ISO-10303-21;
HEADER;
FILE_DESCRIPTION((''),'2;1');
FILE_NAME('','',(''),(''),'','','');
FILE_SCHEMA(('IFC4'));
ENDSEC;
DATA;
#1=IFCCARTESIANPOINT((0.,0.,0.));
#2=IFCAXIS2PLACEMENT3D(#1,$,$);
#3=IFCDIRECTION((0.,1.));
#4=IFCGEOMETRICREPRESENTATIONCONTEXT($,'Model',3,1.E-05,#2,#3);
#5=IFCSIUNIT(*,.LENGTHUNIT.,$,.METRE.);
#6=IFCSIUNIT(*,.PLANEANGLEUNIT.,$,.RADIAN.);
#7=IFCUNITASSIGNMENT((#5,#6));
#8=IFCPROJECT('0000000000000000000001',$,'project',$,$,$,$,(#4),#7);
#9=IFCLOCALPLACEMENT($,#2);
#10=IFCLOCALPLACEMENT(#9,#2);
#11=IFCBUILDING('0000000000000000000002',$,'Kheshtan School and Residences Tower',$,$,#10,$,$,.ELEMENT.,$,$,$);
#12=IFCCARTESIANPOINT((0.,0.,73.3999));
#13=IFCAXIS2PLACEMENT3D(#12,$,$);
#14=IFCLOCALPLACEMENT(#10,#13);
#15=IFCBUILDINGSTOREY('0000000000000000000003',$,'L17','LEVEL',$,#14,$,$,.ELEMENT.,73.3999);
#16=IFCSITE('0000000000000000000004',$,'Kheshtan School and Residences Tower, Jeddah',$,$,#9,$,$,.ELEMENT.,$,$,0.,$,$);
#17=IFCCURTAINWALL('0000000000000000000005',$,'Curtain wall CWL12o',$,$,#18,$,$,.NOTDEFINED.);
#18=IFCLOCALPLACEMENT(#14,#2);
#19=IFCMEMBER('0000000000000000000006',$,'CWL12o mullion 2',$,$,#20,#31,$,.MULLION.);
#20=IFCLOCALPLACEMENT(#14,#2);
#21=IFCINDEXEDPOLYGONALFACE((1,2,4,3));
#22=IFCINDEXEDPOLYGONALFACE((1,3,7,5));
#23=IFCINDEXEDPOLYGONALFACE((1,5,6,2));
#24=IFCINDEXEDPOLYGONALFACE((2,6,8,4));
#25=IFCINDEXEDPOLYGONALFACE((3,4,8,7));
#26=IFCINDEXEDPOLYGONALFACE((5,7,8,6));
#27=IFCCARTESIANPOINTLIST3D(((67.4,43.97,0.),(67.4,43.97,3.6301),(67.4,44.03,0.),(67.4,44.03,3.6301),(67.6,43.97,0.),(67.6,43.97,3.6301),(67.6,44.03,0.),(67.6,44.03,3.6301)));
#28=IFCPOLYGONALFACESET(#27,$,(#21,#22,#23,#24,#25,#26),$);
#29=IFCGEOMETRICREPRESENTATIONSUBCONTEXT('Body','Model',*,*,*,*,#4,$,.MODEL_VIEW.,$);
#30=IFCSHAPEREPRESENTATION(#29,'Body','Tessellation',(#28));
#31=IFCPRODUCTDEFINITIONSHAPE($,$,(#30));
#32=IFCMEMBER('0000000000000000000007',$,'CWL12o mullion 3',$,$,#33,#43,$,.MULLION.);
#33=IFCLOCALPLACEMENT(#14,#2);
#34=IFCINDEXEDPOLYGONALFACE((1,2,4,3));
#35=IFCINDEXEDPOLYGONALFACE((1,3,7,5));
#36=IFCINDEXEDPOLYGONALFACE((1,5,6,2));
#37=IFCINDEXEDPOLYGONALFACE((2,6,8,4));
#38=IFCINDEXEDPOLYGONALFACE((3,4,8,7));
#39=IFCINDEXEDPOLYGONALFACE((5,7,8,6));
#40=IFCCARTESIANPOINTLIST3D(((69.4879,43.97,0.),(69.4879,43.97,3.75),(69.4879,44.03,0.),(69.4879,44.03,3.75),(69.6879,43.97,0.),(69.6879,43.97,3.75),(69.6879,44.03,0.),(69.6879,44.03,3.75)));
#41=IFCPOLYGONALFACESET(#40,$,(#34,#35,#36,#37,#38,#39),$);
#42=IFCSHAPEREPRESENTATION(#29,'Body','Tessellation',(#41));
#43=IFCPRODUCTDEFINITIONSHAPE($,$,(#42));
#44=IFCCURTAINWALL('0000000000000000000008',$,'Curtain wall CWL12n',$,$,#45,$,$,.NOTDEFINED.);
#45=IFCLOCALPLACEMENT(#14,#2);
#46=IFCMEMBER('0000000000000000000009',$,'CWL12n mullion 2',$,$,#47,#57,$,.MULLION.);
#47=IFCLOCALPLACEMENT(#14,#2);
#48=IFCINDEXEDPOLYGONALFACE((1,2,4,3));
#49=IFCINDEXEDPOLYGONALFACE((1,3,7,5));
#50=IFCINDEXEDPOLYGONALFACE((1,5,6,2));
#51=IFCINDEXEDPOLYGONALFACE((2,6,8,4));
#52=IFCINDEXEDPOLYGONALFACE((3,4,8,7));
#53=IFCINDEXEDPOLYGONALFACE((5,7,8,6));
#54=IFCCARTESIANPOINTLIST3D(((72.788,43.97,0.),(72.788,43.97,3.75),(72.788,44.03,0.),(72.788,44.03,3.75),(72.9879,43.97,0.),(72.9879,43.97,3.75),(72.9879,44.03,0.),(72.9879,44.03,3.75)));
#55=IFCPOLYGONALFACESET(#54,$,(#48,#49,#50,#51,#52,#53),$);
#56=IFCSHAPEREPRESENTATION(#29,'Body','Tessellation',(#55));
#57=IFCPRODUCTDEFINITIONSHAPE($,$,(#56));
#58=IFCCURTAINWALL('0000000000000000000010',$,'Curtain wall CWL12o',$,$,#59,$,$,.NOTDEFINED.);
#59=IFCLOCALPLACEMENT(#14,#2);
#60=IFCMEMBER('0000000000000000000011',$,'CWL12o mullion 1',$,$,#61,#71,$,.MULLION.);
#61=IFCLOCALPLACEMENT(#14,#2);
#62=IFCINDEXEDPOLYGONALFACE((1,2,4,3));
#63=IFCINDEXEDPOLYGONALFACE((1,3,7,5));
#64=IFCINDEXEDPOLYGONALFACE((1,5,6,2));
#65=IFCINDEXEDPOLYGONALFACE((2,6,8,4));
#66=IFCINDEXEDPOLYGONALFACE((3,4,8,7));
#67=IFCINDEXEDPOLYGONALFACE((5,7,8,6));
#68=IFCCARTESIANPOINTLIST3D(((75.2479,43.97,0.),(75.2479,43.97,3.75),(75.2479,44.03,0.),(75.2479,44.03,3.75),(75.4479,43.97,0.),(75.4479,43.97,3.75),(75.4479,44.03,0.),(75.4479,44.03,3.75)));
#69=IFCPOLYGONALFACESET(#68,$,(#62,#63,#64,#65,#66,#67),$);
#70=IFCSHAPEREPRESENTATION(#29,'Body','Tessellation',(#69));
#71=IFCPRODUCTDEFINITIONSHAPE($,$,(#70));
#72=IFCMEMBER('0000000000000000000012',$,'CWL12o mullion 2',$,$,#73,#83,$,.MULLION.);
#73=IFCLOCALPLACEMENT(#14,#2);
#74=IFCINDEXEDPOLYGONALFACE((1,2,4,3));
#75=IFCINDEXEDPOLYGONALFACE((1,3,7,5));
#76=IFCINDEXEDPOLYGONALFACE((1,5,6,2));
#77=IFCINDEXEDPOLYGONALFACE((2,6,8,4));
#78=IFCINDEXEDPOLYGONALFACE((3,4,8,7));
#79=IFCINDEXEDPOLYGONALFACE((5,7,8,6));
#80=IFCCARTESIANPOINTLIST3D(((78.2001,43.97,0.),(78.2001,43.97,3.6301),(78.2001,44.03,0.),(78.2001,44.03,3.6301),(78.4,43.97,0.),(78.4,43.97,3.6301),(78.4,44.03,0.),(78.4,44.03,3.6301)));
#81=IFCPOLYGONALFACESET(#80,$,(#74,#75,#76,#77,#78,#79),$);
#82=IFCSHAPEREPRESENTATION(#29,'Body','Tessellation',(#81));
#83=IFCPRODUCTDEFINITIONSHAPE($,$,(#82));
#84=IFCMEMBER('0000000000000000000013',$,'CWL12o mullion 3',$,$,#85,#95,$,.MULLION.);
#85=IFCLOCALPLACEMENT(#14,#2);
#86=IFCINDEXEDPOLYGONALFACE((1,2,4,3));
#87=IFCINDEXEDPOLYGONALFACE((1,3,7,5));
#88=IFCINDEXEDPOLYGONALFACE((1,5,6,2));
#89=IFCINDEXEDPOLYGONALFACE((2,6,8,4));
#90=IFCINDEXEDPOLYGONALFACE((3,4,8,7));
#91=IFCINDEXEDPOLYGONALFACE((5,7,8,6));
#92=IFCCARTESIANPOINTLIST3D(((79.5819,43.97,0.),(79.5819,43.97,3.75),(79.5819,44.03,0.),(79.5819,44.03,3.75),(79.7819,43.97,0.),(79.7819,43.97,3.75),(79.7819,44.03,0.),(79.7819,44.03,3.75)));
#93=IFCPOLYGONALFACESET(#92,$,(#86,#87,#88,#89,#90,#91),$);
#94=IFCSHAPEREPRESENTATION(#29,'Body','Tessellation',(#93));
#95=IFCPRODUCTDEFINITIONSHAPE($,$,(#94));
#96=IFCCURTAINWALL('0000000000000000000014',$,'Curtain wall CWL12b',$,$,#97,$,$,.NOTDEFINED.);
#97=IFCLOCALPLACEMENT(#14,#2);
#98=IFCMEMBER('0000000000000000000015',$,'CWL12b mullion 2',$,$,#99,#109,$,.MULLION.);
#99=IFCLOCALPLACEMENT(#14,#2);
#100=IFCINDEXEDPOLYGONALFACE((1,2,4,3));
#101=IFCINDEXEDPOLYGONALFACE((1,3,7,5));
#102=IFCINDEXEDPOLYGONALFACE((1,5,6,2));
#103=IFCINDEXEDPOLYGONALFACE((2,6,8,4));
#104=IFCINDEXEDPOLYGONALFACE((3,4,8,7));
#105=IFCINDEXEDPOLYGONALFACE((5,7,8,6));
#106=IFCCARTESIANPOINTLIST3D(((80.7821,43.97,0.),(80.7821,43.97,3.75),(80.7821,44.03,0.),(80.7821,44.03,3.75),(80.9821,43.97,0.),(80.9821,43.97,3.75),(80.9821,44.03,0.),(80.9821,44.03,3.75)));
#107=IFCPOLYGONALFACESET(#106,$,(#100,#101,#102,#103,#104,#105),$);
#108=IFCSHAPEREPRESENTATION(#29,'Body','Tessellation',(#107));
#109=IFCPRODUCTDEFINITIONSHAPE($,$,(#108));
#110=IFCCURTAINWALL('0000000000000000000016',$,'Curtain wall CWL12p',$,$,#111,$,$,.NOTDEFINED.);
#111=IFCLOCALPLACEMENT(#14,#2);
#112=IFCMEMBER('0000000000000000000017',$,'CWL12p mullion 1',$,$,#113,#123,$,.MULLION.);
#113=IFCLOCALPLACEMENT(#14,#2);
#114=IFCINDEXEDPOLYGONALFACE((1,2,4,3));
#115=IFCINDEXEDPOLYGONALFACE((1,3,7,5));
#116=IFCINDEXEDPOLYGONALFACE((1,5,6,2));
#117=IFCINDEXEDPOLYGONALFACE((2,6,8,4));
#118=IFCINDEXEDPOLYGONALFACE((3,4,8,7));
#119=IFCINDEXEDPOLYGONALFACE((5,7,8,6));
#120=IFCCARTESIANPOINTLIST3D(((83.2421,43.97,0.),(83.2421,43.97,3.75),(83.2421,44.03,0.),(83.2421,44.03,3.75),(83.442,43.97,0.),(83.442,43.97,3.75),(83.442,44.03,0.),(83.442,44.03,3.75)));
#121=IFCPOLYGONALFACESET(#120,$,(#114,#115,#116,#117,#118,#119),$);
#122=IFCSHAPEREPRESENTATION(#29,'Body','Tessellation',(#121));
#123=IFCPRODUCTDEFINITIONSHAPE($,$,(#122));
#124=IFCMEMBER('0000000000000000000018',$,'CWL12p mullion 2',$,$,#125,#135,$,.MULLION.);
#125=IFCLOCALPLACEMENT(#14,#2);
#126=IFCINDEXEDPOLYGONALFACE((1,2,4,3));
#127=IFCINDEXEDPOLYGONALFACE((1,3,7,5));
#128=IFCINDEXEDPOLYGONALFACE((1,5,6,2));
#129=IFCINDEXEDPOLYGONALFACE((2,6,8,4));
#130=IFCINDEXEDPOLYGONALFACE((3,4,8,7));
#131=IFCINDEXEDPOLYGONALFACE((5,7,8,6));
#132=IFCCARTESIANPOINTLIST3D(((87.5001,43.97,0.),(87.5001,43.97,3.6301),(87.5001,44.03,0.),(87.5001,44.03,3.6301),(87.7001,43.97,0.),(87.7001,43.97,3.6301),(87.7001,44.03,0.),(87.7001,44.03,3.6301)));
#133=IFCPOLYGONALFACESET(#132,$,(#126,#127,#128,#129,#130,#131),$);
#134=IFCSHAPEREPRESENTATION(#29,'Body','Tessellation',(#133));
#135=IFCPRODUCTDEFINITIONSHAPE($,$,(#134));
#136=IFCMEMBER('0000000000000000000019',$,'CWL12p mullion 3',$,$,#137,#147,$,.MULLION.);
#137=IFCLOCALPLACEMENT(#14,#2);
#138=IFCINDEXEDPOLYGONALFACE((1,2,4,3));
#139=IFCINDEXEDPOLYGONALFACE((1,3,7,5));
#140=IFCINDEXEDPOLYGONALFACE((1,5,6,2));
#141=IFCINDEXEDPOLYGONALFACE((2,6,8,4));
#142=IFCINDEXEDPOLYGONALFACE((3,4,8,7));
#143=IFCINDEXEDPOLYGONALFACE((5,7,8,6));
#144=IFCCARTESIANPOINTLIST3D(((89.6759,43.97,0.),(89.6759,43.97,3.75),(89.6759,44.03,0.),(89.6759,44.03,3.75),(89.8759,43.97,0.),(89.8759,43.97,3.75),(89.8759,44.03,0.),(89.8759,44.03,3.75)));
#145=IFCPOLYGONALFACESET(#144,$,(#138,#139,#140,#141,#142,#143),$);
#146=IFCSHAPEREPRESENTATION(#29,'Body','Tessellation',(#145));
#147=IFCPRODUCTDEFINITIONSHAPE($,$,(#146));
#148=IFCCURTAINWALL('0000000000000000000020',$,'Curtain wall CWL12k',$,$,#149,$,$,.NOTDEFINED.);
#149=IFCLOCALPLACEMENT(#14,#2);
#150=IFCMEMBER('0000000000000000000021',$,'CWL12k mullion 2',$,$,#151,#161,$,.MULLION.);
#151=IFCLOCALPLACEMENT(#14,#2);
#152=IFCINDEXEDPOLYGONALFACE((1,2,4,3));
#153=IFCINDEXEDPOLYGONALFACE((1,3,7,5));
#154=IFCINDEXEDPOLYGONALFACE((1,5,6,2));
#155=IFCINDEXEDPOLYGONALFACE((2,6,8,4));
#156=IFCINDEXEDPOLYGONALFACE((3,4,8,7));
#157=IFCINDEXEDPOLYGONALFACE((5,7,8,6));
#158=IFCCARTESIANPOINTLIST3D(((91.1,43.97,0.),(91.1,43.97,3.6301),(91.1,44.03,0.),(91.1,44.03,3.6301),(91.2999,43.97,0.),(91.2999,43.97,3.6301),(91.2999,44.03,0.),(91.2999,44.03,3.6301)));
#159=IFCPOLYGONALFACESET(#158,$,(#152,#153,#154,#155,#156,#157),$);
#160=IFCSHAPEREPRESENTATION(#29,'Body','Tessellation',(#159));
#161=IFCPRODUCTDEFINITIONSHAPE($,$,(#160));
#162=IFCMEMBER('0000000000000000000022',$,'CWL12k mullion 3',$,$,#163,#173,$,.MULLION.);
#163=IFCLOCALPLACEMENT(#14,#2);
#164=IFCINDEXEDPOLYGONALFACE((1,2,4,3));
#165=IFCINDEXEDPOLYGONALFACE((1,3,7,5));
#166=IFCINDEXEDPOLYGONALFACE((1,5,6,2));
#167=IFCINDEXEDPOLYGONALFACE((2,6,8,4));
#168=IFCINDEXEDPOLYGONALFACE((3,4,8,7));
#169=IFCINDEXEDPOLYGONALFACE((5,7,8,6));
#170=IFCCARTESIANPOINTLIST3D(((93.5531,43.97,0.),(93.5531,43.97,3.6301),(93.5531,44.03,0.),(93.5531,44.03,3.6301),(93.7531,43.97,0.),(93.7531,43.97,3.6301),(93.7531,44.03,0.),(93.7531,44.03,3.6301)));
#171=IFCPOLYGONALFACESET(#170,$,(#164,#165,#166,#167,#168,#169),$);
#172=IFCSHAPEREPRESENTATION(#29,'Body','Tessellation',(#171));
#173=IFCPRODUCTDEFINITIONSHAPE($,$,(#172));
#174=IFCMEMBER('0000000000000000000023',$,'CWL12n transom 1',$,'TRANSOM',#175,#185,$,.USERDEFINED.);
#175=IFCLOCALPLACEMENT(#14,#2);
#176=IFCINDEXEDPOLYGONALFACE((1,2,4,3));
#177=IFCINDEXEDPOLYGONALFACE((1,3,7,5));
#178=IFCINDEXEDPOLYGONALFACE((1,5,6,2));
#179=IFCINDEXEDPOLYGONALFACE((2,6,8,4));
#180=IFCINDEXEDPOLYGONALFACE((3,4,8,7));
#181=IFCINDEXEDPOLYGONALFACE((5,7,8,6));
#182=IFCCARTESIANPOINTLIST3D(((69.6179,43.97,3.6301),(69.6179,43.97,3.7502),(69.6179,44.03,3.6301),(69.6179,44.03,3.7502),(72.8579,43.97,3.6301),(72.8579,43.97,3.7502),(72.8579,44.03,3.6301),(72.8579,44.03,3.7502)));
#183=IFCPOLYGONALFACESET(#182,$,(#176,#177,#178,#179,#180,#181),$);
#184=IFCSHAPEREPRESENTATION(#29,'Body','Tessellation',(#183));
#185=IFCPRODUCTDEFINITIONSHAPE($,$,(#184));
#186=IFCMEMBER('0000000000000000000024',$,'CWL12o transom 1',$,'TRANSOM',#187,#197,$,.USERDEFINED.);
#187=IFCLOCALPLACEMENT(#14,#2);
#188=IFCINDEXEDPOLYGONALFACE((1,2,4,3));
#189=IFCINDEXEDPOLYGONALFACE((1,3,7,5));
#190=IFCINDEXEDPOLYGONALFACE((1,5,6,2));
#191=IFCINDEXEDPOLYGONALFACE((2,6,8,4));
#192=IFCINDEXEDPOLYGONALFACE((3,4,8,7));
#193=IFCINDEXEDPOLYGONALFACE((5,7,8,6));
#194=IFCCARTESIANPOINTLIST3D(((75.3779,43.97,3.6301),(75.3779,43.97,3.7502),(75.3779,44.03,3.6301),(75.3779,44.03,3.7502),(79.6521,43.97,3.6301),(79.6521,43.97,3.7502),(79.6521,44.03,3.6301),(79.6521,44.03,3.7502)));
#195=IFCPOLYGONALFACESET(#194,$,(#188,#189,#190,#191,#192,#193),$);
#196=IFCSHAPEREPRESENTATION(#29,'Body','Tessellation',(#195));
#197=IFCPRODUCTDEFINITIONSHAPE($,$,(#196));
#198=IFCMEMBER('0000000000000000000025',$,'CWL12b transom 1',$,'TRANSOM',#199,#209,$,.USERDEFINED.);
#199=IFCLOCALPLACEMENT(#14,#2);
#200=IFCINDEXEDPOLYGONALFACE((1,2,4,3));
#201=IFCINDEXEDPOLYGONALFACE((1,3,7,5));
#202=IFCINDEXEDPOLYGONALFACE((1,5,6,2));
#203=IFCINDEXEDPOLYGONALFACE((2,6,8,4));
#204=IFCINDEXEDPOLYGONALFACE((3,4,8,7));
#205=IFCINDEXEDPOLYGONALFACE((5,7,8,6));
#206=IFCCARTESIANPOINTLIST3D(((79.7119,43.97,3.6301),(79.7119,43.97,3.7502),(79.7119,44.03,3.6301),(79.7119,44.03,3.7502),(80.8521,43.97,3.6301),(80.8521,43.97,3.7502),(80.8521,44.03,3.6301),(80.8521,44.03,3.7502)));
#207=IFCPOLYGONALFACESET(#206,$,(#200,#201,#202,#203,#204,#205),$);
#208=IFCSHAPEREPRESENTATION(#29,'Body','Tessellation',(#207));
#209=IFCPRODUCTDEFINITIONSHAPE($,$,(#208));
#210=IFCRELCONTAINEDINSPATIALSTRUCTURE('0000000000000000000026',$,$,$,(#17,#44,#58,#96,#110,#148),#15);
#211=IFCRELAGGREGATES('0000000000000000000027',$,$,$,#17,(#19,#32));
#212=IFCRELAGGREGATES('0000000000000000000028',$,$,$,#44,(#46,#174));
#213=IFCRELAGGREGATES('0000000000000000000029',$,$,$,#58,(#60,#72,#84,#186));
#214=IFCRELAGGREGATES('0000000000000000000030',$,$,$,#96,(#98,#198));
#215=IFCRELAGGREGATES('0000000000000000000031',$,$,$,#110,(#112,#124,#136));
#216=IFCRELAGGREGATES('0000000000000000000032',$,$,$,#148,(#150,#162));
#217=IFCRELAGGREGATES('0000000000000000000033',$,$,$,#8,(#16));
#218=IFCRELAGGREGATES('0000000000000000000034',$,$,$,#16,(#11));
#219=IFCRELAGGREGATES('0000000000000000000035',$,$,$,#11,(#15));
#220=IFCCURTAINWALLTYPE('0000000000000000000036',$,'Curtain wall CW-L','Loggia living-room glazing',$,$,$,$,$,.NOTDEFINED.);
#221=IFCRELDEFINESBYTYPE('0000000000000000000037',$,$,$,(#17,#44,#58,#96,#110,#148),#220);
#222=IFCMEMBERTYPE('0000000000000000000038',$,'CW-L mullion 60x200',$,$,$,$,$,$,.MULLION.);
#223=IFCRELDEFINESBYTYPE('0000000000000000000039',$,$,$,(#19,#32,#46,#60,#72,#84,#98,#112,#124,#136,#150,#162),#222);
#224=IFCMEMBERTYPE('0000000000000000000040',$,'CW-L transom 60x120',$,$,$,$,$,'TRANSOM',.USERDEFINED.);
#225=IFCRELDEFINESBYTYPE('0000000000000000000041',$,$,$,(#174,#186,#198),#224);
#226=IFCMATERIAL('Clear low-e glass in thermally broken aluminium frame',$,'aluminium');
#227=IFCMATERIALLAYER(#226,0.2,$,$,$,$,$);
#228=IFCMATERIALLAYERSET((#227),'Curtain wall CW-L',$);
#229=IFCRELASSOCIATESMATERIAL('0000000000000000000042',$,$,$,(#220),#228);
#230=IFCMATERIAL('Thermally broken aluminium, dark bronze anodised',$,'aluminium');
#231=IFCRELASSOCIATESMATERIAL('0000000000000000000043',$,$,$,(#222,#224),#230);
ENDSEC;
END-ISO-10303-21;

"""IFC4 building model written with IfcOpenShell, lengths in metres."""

from ifc_helpers import new_model, si_unit, direction, frame, origin, origin_2d, place, context, subcontext, project, spatial, rectangle, extrude, material, layer, layer_set, material_profile, profile_set, type_object, element, aggregate, save


model = new_model("IFC4")

# Units and contexts
model_context = context("Model", 3, precision=1e-05, world=origin(), true_north=direction((0.0, 1.0)))
body_context = subcontext(model_context, "Body", "Model", "MODEL_VIEW")
ifc_project = project(units=[si_unit("LENGTHUNIT", "METRE"), si_unit("PLANEANGLEUNIT", "RADIAN")], contexts=[model_context])

# Site, building, storey
site_placement = place(None, origin())
site = spatial("IfcSite", under=ifc_project, at=site_placement, Name="Kheshtan School and Residences Tower, Jeddah", CompositionType="ELEMENT", RefElevation=0.0)
building_placement = place(site_placement, origin())
building = spatial("IfcBuilding", under=site, at=building_placement, Name="Kheshtan School and Residences Tower", CompositionType="ELEMENT")
storey_placement = place(building_placement, frame((0.0, 0.0, 73.3999)))
storey = spatial("IfcBuildingStorey", under=building, at=storey_placement, Name="L17", Description="LEVEL", CompositionType="ELEMENT", Elevation=73.3999)

# Curtain wall, members
ifc_material_1 = material(Name="Clear low-e glass in thermally broken aluminium frame", Category="aluminium")
ifc_layer_1 = layer(ifc_material_1, 0.2)
ifc_layer_set_1 = layer_set([ifc_layer_1], Name="Curtain wall CW-L")
curtain_wall_type = type_object("IfcCurtainWallType", Name="Curtain wall CW-L", Description="Loggia living-room glazing", PredefinedType="NOTDEFINED", material=ifc_layer_set_1)
curtain_wall_1_placement = place(storey_placement, origin())
curtain_wall_1 = element("IfcCurtainWall", 1, at=curtain_wall_1_placement, inside=storey, type_object=curtain_wall_type, Name="Curtain wall CWL12o", PredefinedType="NOTDEFINED")
ifc_material_2 = material(Name="Thermally broken aluminium, dark bronze anodised", Category="aluminium")
ifc_material_profile_1 = material_profile(ifc_material_2, rectangle(XDim=0.0601, YDim=0.2, at=origin_2d()), Name="CW-L mullion 60x200")
ifc_profile_set_1 = profile_set([ifc_material_profile_1], Name="Thermally broken aluminium, dark bronze anodised")
member_type_1 = type_object("IfcMemberType", Name="CW-L mullion 60x200", PredefinedType="MULLION", material=ifc_profile_set_1)
member_1_placement = place(storey_placement, frame((67.5, 44.0, 0.0), z_axis=(0.0, 0.0, 1.0), x_axis=(0.0, 1.0, 0.0)))
member_1 = element("IfcMember", 2, at=member_1_placement, type_object=member_type_1, Name="CWL12o mullion 2", PredefinedType="MULLION", context=body_context, shape_type="SweptSolid", body=[
    extrude(rectangle(XDim=0.0601, YDim=0.2, at=origin_2d()), origin(), (0.0, 0.0, 1.0), 3.6301),
])
member_2_placement = place(storey_placement, frame((69.5879, 44.0, 0.0), z_axis=(0.0, 0.0, 1.0), x_axis=(0.0, 1.0, 0.0)))
member_2 = element("IfcMember", 3, at=member_2_placement, type_object=member_type_1, Name="CWL12o mullion 3", PredefinedType="MULLION", context=body_context, shape_type="SweptSolid", body=[
    extrude(rectangle(XDim=0.0601, YDim=0.2, at=origin_2d()), origin(), (0.0, 0.0, 1.0), 3.75),
])

# Curtain wall, member
curtain_wall_2_placement = place(storey_placement, origin())
curtain_wall_2 = element("IfcCurtainWall", 4, at=curtain_wall_2_placement, inside=storey, type_object=curtain_wall_type, Name="Curtain wall CWL12n", PredefinedType="NOTDEFINED")
member_3_placement = place(storey_placement, frame((72.8879, 44.0, 0.0), z_axis=(0.0, 0.0, 1.0), x_axis=(0.0, 1.0, 0.0)))
member_3 = element("IfcMember", 5, at=member_3_placement, type_object=member_type_1, Name="CWL12n mullion 2", PredefinedType="MULLION", context=body_context, shape_type="SweptSolid", body=[
    extrude(rectangle(XDim=0.0601, YDim=0.2, at=origin_2d()), origin(), (0.0, 0.0, 1.0), 3.75),
])

# Curtain wall, members
curtain_wall_3_placement = place(storey_placement, origin())
curtain_wall_3 = element("IfcCurtainWall", 6, at=curtain_wall_3_placement, inside=storey, type_object=curtain_wall_type, Name="Curtain wall CWL12o", PredefinedType="NOTDEFINED")
member_4_placement = place(storey_placement, frame((75.3479, 44.0, 0.0), z_axis=(0.0, 0.0, 1.0), x_axis=(0.0, 1.0, 0.0)))
member_4 = element("IfcMember", 7, at=member_4_placement, type_object=member_type_1, Name="CWL12o mullion 1", PredefinedType="MULLION", context=body_context, shape_type="SweptSolid", body=[
    extrude(rectangle(XDim=0.0601, YDim=0.2, at=origin_2d()), origin(), (0.0, 0.0, 1.0), 3.75),
])
member_5_placement = place(storey_placement, frame((78.3, 44.0, 0.0), z_axis=(0.0, 0.0, 1.0), x_axis=(0.0, 1.0, 0.0)))
member_5 = element("IfcMember", 8, at=member_5_placement, type_object=member_type_1, Name="CWL12o mullion 2", PredefinedType="MULLION", context=body_context, shape_type="SweptSolid", body=[
    extrude(rectangle(XDim=0.0601, YDim=0.2, at=origin_2d()), origin(), (0.0, 0.0, 1.0), 3.6301),
])
member_6_placement = place(storey_placement, frame((79.6819, 44.0, 0.0), z_axis=(0.0, 0.0, 1.0), x_axis=(0.0, 1.0, 0.0)))
member_6 = element("IfcMember", 9, at=member_6_placement, type_object=member_type_1, Name="CWL12o mullion 3", PredefinedType="MULLION", context=body_context, shape_type="SweptSolid", body=[
    extrude(rectangle(XDim=0.0601, YDim=0.2, at=origin_2d()), origin(), (0.0, 0.0, 1.0), 3.75),
])

# Curtain wall, member
curtain_wall_4_placement = place(storey_placement, origin())
curtain_wall_4 = element("IfcCurtainWall", 10, at=curtain_wall_4_placement, inside=storey, type_object=curtain_wall_type, Name="Curtain wall CWL12b", PredefinedType="NOTDEFINED")
member_7_placement = place(storey_placement, frame((80.8821, 44.0, 0.0), z_axis=(0.0, 0.0, 1.0), x_axis=(0.0, 1.0, 0.0)))
member_7 = element("IfcMember", 11, at=member_7_placement, type_object=member_type_1, Name="CWL12b mullion 2", PredefinedType="MULLION", context=body_context, shape_type="SweptSolid", body=[
    extrude(rectangle(XDim=0.0601, YDim=0.2, at=origin_2d()), origin(), (0.0, 0.0, 1.0), 3.75),
])

# Curtain walls, members
curtain_wall_5_placement = place(storey_placement, origin())
curtain_wall_5 = element("IfcCurtainWall", 12, at=curtain_wall_5_placement, inside=storey, type_object=curtain_wall_type, Name="Curtain wall CWL12p", PredefinedType="NOTDEFINED")
member_8_placement = place(storey_placement, frame((83.342, 44.0, 0.0), z_axis=(0.0, 0.0, 1.0), x_axis=(0.0, 1.0, 0.0)))
member_8 = element("IfcMember", 13, at=member_8_placement, type_object=member_type_1, Name="CWL12p mullion 1", PredefinedType="MULLION", context=body_context, shape_type="SweptSolid", body=[
    extrude(rectangle(XDim=0.0601, YDim=0.2, at=origin_2d()), origin(), (0.0, 0.0, 1.0), 3.75),
])
member_9_placement = place(storey_placement, frame((87.6001, 44.0, 0.0), z_axis=(0.0, 0.0, 1.0), x_axis=(0.0, 1.0, 0.0)))
member_9 = element("IfcMember", 14, at=member_9_placement, type_object=member_type_1, Name="CWL12p mullion 2", PredefinedType="MULLION", context=body_context, shape_type="SweptSolid", body=[
    extrude(rectangle(XDim=0.0601, YDim=0.2, at=origin_2d()), origin(), (0.0, 0.0, 1.0), 3.6301),
])
member_10_placement = place(storey_placement, frame((89.7759, 44.0, 0.0), z_axis=(0.0, 0.0, 1.0), x_axis=(0.0, 1.0, 0.0)))
member_10 = element("IfcMember", 15, at=member_10_placement, type_object=member_type_1, Name="CWL12p mullion 3", PredefinedType="MULLION", context=body_context, shape_type="SweptSolid", body=[
    extrude(rectangle(XDim=0.0601, YDim=0.2, at=origin_2d()), origin(), (0.0, 0.0, 1.0), 3.75),
])
curtain_wall_6_placement = place(storey_placement, origin())
curtain_wall_6 = element("IfcCurtainWall", 16, at=curtain_wall_6_placement, inside=storey, type_object=curtain_wall_type, Name="Curtain wall CWL12k", PredefinedType="NOTDEFINED")
member_11_placement = place(storey_placement, frame((91.2, 44.0, 0.0), z_axis=(0.0, 0.0, 1.0), x_axis=(0.0, 1.0, 0.0)))
member_11 = element("IfcMember", 17, at=member_11_placement, type_object=member_type_1, Name="CWL12k mullion 2", PredefinedType="MULLION", context=body_context, shape_type="SweptSolid", body=[
    extrude(rectangle(XDim=0.0601, YDim=0.2, at=origin_2d()), origin(), (0.0, 0.0, 1.0), 3.6301),
])
member_12_placement = place(storey_placement, frame((93.6531, 44.0, 0.0), z_axis=(0.0, 0.0, 1.0), x_axis=(0.0, 1.0, 0.0)))
member_12 = element("IfcMember", 18, at=member_12_placement, type_object=member_type_1, Name="CWL12k mullion 3", PredefinedType="MULLION", context=body_context, shape_type="SweptSolid", body=[
    extrude(rectangle(XDim=0.0601, YDim=0.2, at=origin_2d()), origin(), (0.0, 0.0, 1.0), 3.6301),
])

# Members
ifc_material_profile_2 = material_profile(ifc_material_2, rectangle(XDim=0.0601, YDim=0.1201, at=origin_2d()), Name="CW-L transom 60x120")
ifc_profile_set_2 = profile_set([ifc_material_profile_2], Name="Thermally broken aluminium, dark bronze anodised")
member_type_2 = type_object("IfcMemberType", Name="CW-L transom 60x120", ElementType="TRANSOM", PredefinedType="USERDEFINED", material=ifc_profile_set_2)
member_13_placement = place(storey_placement, frame((69.6179, 44.0, 3.6902), z_axis=(1.0, 0.0, 0.0), x_axis=(0.0, 1.0, 0.0)))
member_13 = element("IfcMember", 19, at=member_13_placement, type_object=member_type_2, Name="CWL12n transom 1", ObjectType="TRANSOM", PredefinedType="USERDEFINED", context=body_context, shape_type="SweptSolid", body=[
    extrude(rectangle(XDim=0.0601, YDim=0.1201, at=origin_2d()), origin(), (0.0, 0.0, 1.0), 3.24),
])
member_14_placement = place(storey_placement, frame((75.3779, 44.0, 3.6902), z_axis=(1.0, 0.0, 0.0), x_axis=(0.0, 1.0, 0.0)))
member_14 = element("IfcMember", 20, at=member_14_placement, type_object=member_type_2, Name="CWL12o transom 1", ObjectType="TRANSOM", PredefinedType="USERDEFINED", context=body_context, shape_type="SweptSolid", body=[
    extrude(rectangle(XDim=0.0601, YDim=0.1201, at=origin_2d()), origin(), (0.0, 0.0, 1.0), 4.2742),
])
member_15_placement = place(storey_placement, frame((79.7119, 44.0, 3.6902), z_axis=(1.0, 0.0, 0.0), x_axis=(0.0, 1.0, 0.0)))
member_15 = element("IfcMember", 21, at=member_15_placement, type_object=member_type_2, Name="CWL12b transom 1", ObjectType="TRANSOM", PredefinedType="USERDEFINED", context=body_context, shape_type="SweptSolid", body=[
    extrude(rectangle(XDim=0.0601, YDim=0.1201, at=origin_2d()), origin(), (0.0, 0.0, 1.0), 1.1401),
])

aggregate(curtain_wall_1, [member_1, member_2])
aggregate(curtain_wall_2, [member_3, member_13])
aggregate(curtain_wall_3, [member_4, member_5, member_6, member_14])
aggregate(curtain_wall_4, [member_7, member_15])
aggregate(curtain_wall_5, [member_8, member_9, member_10])
aggregate(curtain_wall_6, [member_11, member_12])

save(model, "model.ifc")
